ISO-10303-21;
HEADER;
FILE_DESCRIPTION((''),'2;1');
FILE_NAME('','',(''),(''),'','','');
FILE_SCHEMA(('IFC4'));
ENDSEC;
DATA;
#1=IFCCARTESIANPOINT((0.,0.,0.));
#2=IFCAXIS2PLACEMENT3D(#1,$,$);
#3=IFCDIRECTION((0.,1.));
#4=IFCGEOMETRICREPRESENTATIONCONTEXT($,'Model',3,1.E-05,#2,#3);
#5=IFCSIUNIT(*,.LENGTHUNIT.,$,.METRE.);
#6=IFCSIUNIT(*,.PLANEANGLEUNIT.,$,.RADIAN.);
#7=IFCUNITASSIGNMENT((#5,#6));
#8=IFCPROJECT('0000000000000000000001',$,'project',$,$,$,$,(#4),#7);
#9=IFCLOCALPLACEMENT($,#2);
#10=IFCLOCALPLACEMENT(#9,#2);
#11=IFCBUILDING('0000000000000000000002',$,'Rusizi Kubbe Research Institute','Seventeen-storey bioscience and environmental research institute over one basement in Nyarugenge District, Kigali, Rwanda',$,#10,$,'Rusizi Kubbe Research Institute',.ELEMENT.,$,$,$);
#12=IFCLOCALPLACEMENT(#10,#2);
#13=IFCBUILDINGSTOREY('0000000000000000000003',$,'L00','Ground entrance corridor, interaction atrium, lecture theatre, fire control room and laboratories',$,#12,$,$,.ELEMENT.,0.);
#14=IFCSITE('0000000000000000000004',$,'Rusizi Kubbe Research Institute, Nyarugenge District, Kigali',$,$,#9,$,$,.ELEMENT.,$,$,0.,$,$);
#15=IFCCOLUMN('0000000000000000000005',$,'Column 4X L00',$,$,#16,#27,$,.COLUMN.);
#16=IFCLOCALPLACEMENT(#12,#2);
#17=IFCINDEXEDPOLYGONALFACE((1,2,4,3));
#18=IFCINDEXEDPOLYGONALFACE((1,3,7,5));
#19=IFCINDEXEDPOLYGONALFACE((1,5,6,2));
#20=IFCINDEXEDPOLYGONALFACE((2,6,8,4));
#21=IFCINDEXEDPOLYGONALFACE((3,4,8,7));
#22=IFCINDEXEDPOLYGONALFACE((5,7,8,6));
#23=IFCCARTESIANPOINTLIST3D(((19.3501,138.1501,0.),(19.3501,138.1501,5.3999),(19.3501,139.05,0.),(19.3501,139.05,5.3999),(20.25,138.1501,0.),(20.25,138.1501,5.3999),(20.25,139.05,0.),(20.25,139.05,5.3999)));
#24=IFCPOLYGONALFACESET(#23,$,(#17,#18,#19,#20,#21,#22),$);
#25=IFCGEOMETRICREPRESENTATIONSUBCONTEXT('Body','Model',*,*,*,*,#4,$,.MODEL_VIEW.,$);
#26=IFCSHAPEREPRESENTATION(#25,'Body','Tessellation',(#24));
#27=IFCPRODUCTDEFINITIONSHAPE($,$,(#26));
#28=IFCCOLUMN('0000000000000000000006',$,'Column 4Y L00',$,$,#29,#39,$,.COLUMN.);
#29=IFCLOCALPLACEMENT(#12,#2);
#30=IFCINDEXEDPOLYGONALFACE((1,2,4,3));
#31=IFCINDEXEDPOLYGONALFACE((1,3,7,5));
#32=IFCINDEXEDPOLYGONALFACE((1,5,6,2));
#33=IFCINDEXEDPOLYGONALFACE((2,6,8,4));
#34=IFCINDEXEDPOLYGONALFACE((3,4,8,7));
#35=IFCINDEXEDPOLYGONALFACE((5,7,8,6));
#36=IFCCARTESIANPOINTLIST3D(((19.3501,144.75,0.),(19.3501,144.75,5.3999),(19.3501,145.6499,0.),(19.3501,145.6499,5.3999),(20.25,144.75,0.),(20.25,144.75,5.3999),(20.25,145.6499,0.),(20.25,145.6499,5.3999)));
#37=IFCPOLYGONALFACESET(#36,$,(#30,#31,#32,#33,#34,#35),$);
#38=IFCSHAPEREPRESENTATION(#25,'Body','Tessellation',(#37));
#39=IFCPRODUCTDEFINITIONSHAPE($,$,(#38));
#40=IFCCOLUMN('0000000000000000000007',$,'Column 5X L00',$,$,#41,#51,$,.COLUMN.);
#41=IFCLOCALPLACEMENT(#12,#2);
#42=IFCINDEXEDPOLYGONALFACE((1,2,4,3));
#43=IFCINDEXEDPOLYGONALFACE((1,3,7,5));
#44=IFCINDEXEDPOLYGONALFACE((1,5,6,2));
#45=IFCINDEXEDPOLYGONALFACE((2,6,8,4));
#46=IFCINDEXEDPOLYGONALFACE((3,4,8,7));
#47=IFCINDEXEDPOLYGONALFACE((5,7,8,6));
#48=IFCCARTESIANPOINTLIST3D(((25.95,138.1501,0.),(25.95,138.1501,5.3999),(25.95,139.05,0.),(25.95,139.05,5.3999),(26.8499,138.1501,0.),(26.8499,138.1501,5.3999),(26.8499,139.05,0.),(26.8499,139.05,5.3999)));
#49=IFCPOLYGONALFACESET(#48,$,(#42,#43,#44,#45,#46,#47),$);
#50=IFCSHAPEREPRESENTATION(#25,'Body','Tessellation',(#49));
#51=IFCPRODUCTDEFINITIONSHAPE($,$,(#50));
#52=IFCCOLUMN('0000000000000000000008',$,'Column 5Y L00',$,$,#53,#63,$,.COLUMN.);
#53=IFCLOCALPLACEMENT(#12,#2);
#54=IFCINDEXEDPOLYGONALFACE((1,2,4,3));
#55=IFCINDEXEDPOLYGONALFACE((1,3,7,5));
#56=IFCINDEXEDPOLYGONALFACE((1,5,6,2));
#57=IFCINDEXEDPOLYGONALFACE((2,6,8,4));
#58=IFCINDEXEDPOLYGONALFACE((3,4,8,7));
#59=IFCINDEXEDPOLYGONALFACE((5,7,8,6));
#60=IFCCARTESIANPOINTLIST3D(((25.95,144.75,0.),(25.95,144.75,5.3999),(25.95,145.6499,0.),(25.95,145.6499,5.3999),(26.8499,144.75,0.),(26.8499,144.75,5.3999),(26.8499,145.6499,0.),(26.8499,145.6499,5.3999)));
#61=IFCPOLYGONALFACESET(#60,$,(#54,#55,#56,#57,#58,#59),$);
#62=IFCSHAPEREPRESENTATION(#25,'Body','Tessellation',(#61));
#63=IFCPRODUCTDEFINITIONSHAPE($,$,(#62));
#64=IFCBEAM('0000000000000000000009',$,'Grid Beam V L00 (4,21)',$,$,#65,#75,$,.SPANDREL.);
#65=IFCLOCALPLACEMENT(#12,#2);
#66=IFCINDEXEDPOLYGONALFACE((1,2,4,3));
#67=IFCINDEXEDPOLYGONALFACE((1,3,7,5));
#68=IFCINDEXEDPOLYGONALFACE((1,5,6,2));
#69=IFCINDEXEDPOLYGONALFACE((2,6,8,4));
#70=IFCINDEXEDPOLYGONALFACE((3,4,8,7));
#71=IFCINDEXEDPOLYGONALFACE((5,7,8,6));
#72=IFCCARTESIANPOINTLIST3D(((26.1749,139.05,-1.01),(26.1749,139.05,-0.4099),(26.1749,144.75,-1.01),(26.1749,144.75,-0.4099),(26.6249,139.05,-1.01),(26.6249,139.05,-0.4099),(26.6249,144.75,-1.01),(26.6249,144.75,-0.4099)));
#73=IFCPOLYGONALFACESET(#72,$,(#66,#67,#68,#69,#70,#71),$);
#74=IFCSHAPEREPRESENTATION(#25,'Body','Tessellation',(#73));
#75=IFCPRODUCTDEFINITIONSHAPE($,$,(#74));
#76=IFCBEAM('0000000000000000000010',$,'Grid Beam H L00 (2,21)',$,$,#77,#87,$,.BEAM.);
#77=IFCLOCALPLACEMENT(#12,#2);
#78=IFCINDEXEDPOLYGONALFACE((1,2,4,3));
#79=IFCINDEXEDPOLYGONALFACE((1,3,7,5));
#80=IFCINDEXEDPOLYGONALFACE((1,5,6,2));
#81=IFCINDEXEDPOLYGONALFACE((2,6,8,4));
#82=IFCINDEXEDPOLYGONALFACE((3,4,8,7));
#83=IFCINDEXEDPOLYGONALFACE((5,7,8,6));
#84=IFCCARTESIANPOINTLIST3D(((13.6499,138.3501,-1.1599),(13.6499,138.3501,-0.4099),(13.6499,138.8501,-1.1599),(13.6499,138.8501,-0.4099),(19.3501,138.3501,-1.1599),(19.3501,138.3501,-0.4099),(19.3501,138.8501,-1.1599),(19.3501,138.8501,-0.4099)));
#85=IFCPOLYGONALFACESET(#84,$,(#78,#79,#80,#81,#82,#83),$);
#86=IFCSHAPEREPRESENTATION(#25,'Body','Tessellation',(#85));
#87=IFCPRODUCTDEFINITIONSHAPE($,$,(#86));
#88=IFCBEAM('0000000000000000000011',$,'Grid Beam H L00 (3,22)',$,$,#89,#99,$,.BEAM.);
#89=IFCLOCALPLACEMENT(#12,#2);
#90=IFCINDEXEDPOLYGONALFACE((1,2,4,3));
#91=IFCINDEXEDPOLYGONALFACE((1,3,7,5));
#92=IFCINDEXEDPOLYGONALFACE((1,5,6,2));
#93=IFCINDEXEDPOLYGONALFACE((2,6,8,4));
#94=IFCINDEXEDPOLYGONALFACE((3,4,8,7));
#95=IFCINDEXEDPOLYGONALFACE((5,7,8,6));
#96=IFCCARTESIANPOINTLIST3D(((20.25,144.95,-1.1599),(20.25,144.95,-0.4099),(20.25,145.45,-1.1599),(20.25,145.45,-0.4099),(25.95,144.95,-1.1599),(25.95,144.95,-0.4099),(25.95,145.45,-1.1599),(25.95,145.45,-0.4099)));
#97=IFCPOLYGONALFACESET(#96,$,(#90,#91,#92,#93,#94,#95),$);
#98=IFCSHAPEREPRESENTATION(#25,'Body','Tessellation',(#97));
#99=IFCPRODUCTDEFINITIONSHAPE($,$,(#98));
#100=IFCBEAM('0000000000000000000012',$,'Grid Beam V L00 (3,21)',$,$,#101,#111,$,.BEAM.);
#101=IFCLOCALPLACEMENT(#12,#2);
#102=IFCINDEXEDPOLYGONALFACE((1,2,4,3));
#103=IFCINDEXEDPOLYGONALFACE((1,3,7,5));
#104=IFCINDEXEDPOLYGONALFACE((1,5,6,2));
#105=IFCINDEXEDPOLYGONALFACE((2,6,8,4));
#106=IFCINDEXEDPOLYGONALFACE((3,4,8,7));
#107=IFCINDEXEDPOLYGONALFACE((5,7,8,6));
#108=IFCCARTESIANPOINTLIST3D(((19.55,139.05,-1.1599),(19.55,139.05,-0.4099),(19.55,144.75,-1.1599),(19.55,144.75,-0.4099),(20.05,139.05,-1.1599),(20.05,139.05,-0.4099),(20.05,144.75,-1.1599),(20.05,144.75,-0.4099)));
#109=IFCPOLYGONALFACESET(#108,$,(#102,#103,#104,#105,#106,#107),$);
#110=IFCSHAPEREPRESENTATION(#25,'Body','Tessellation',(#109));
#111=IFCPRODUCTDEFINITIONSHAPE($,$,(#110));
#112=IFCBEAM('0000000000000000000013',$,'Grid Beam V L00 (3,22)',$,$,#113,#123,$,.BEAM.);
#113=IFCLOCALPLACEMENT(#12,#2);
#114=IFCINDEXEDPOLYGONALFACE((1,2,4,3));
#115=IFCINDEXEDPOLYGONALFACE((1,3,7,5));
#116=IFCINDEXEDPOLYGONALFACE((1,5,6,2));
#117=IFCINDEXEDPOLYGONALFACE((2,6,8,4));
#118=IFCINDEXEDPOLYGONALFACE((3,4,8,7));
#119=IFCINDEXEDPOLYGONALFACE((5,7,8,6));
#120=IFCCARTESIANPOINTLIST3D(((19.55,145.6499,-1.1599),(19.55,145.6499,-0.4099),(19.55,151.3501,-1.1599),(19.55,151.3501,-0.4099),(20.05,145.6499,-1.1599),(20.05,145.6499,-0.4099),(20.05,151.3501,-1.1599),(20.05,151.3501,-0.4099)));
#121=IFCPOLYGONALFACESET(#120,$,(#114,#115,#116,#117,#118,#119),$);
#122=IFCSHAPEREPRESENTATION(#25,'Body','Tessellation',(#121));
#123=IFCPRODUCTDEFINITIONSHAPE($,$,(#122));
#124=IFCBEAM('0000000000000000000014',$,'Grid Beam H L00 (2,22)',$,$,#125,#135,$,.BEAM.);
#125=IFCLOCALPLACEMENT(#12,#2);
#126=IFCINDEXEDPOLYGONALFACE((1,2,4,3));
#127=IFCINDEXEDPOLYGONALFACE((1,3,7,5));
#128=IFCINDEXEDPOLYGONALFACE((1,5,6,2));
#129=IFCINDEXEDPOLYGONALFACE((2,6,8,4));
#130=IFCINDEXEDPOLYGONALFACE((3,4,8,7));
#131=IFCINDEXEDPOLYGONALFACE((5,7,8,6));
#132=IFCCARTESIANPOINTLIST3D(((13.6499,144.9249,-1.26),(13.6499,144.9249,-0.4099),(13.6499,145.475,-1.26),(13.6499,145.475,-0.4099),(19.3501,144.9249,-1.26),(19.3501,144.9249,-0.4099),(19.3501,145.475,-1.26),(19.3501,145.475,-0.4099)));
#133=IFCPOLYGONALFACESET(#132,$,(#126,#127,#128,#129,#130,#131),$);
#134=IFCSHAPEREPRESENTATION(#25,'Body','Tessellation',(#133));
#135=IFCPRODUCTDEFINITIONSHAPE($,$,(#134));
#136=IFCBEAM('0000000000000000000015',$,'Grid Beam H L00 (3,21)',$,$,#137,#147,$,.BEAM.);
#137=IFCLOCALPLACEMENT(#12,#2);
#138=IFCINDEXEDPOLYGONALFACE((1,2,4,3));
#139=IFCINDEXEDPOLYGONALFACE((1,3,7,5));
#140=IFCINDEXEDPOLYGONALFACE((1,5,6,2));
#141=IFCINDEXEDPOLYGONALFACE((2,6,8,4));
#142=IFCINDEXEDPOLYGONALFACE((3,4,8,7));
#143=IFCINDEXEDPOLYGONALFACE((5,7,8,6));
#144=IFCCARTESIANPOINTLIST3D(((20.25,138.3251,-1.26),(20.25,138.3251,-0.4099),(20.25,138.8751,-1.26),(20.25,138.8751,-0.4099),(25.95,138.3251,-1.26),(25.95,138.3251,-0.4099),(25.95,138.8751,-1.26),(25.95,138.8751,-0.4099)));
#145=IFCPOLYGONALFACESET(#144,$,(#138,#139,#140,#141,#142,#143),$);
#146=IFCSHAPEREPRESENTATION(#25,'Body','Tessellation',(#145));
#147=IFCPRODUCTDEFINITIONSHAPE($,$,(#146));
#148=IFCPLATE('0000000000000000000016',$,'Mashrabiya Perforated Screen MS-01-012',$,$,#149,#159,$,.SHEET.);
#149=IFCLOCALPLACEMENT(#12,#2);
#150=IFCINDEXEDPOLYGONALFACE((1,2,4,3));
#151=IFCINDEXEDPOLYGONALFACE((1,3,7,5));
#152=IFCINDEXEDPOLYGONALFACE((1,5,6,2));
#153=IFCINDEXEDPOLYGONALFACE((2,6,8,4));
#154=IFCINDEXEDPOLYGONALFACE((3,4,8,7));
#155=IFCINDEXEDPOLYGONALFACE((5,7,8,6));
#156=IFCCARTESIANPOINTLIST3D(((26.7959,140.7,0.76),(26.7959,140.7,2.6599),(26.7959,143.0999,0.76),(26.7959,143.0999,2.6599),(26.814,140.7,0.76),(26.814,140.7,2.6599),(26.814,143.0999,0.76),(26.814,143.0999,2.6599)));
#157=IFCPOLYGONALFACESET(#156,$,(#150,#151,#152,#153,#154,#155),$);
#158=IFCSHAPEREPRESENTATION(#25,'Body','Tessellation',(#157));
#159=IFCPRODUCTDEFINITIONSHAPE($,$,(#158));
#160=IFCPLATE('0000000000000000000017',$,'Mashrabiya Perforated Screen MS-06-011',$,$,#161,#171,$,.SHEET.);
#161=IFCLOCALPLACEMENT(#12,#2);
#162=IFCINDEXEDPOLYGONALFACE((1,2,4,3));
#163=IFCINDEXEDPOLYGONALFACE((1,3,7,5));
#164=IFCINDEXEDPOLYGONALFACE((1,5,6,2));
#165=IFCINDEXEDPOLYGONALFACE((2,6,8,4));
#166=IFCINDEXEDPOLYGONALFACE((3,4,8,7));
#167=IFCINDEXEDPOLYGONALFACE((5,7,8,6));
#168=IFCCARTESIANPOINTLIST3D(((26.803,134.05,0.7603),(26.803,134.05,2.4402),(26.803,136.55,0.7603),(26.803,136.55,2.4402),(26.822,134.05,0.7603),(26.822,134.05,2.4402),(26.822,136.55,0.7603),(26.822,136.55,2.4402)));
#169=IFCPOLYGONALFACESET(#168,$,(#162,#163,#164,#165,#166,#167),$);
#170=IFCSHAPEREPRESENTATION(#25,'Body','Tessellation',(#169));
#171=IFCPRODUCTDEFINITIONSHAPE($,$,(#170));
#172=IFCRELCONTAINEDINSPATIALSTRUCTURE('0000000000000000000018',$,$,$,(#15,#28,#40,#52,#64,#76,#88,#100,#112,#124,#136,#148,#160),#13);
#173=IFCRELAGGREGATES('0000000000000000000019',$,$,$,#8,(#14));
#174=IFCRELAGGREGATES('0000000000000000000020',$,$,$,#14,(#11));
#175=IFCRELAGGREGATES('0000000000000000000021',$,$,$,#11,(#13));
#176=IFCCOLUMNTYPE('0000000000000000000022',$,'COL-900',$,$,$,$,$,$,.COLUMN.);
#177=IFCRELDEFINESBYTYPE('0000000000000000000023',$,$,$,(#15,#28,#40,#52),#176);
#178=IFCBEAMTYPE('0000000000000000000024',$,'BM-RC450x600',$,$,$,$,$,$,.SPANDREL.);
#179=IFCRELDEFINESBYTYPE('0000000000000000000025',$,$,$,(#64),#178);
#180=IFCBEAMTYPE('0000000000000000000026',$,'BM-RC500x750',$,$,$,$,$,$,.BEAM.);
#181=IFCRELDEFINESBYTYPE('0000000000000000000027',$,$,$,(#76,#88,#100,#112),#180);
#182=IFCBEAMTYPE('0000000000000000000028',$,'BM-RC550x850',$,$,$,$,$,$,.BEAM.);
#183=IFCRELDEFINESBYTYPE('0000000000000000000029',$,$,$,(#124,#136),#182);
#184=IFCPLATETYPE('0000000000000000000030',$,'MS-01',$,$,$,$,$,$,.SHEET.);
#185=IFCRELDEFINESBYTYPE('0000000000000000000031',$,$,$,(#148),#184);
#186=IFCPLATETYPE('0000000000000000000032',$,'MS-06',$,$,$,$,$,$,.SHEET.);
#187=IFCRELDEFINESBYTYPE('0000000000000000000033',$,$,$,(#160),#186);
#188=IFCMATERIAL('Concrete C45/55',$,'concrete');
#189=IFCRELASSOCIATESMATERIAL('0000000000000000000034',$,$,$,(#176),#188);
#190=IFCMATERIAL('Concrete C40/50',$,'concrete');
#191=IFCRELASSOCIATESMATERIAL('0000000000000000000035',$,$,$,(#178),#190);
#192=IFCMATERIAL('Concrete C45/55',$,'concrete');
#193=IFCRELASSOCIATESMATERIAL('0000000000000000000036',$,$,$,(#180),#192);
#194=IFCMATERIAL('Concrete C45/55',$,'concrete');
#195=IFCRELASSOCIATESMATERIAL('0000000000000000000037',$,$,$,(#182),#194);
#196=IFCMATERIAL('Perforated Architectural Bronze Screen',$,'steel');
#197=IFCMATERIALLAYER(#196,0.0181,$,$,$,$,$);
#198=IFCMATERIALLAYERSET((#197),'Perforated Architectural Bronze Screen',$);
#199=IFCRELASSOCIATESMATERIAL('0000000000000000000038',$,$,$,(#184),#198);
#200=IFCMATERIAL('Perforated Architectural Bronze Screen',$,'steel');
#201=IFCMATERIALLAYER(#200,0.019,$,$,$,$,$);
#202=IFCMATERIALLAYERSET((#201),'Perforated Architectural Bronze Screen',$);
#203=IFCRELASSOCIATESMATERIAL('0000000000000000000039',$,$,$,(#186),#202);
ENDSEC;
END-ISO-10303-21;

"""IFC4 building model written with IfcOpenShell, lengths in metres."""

from ifc_helpers import new_model, si_unit, direction, frame, origin, origin_2d, place, context, subcontext, project, spatial, rectangle, extrude, material, layer, layer_set, material_profile, profile_set, type_object, element, save


model = new_model("IFC4")

# Units and contexts
model_context = context("Model", 3, precision=1e-05, world=origin(), true_north=direction((0.0, 1.0)))
body_context = subcontext(model_context, "Body", "Model", "MODEL_VIEW")
ifc_project = project(units=[si_unit("LENGTHUNIT", "METRE"), si_unit("PLANEANGLEUNIT", "RADIAN")], contexts=[model_context])

# Site, building, storey
site_placement = place(None, origin())
site = spatial("IfcSite", under=ifc_project, at=site_placement, Name="Rusizi Kubbe Research Institute, Nyarugenge District, Kigali", CompositionType="ELEMENT", RefElevation=0.0)
building_placement = place(site_placement, origin())
building = spatial("IfcBuilding", under=site, at=building_placement, Name="Rusizi Kubbe Research Institute", Description="Seventeen-storey bioscience and environmental research institute over one basement in Nyarugenge District, Kigali, Rwanda", LongName="Rusizi Kubbe Research Institute", CompositionType="ELEMENT")
storey_placement = place(building_placement, origin())
storey = spatial("IfcBuildingStorey", under=building, at=storey_placement, Name="L00", Description="Ground entrance corridor, interaction atrium, lecture theatre, fire control room and laboratories", CompositionType="ELEMENT", Elevation=0.0)

# Columns
ifc_material_1 = material(Name="Concrete C45/55", Category="concrete")
ifc_material_profile_1 = material_profile(ifc_material_1, rectangle(XDim=0.8999, YDim=0.8999, at=origin_2d()), Name="RC900x900")
ifc_profile_set_1 = profile_set([ifc_material_profile_1], Name="Concrete C45/55")
column_type = type_object("IfcColumnType", Name="COL-900", PredefinedType="COLUMN", material=ifc_profile_set_1)
for number, where, z_axis, x_axis, name in (
    (1, (19.8, 138.6001, 0.0), (0.0, 0.0, 1.0), (1.0, 0.0, 0.0), "Column 4X L00"),
    (2, (19.8, 145.2, 0.0), (0.0, 0.0, 1.0), (1.0, 0.0, 0.0), "Column 4Y L00"),
    (3, (26.3999, 138.6001, 0.0), (0.0, 0.0, 1.0), (1.0, 0.0, 0.0), "Column 5X L00"),
    (4, (26.3999, 145.2, 0.0), (0.0, 0.0, 1.0), (1.0, 0.0, 0.0), "Column 5Y L00"),
):
    element("IfcColumn", number, at=place(storey_placement, frame(where, z_axis=z_axis, x_axis=x_axis)), inside=storey, type_object=column_type, Name=name, PredefinedType="COLUMN", context=body_context, shape_type="SweptSolid", body=[
        extrude(rectangle(XDim=0.8999, YDim=0.8999, at=origin_2d()), origin(), (0.0, 0.0, 1.0), 5.3999),
    ])

# Beams
ifc_material_2 = material(Name="Concrete C40/50", Category="concrete")
ifc_material_profile_2 = material_profile(ifc_material_2, rectangle(XDim=0.45, YDim=0.6001, at=origin_2d()), Name="RC450x600")
ifc_profile_set_2 = profile_set([ifc_material_profile_2], Name="Concrete C40/50")
beam_type_1 = type_object("IfcBeamType", Name="BM-RC450x600", PredefinedType="SPANDREL", material=ifc_profile_set_2)
beam_1_placement = place(storey_placement, frame((26.3999, 139.05, -0.71), z_axis=(0.0, 1.0, 0.0), x_axis=(-1.0, 0.0, 0.0)))
element("IfcBeam", 5, at=beam_1_placement, inside=storey, type_object=beam_type_1, Name="Grid Beam V L00 (4,21)", PredefinedType="SPANDREL", context=body_context, shape_type="SweptSolid", body=[
    extrude(rectangle(XDim=0.45, YDim=0.6001, at=origin_2d()), origin(), (0.0, 0.0, 1.0), 5.7),
])
ifc_material_3 = material(Name="Concrete C45/55", Category="concrete")
ifc_material_profile_3 = material_profile(ifc_material_3, rectangle(XDim=0.5, YDim=0.75, at=origin_2d()), Name="RC500x750B")
ifc_profile_set_3 = profile_set([ifc_material_profile_3], Name="Concrete C45/55")
beam_type_2 = type_object("IfcBeamType", Name="BM-RC500x750", PredefinedType="BEAM", material=ifc_profile_set_3)
beam_2_placement = place(storey_placement, frame((13.6499, 138.6001, -0.7849), z_axis=(1.0, 0.0, 0.0), x_axis=(0.0, 1.0, 0.0)))
element("IfcBeam", 6, at=beam_2_placement, inside=storey, type_object=beam_type_2, Name="Grid Beam H L00 (2,21)", PredefinedType="BEAM", context=body_context, shape_type="SweptSolid", body=[
    extrude(rectangle(XDim=0.5, YDim=0.75, at=origin_2d()), origin(), (0.0, 0.0, 1.0), 5.7002),
])
for number, where, z_axis, x_axis, name in (
    (7, (20.25, 145.2, -0.7849), (1.0, 0.0, 0.0), (0.0, 1.0, 0.0), "Grid Beam H L00 (3,22)"),
    (8, (19.8, 139.05, -0.7849), (0.0, 1.0, 0.0), (-1.0, 0.0, 0.0), "Grid Beam V L00 (3,21)"),
):
    element("IfcBeam", number, at=place(storey_placement, frame(where, z_axis=z_axis, x_axis=x_axis)), inside=storey, type_object=beam_type_2, Name=name, PredefinedType="BEAM", context=body_context, shape_type="SweptSolid", body=[
        extrude(rectangle(XDim=0.5, YDim=0.75, at=origin_2d()), origin(), (0.0, 0.0, 1.0), 5.7),
    ])
beam_3_placement = place(storey_placement, frame((19.8, 145.6499, -0.7849), z_axis=(0.0, 1.0, 0.0), x_axis=(-1.0, 0.0, 0.0)))
element("IfcBeam", 9, at=beam_3_placement, inside=storey, type_object=beam_type_2, Name="Grid Beam V L00 (3,22)", PredefinedType="BEAM", context=body_context, shape_type="SweptSolid", body=[
    extrude(rectangle(XDim=0.5, YDim=0.75, at=origin_2d()), origin(), (0.0, 0.0, 1.0), 5.7002),
])
ifc_material_4 = material(Name="Concrete C45/55", Category="concrete")
ifc_material_profile_4 = material_profile(ifc_material_4, rectangle(XDim=0.55, YDim=0.8501, at=origin_2d()), Name="RC550x850")
ifc_profile_set_4 = profile_set([ifc_material_profile_4], Name="Concrete C45/55")
beam_type_3 = type_object("IfcBeamType", Name="BM-RC550x850", PredefinedType="BEAM", material=ifc_profile_set_4)
beam_4_placement = place(storey_placement, frame((13.6499, 145.2, -0.835), z_axis=(1.0, 0.0, 0.0), x_axis=(0.0, 1.0, 0.0)))
element("IfcBeam", 10, at=beam_4_placement, inside=storey, type_object=beam_type_3, Name="Grid Beam H L00 (2,22)", PredefinedType="BEAM", context=body_context, shape_type="SweptSolid", body=[
    extrude(rectangle(XDim=0.55, YDim=0.8501, at=origin_2d()), origin(), (0.0, 0.0, 1.0), 5.7002),
])
beam_5_placement = place(storey_placement, frame((20.25, 138.6001, -0.835), z_axis=(1.0, 0.0, 0.0), x_axis=(0.0, 1.0, 0.0)))
element("IfcBeam", 11, at=beam_5_placement, inside=storey, type_object=beam_type_3, Name="Grid Beam H L00 (3,21)", PredefinedType="BEAM", context=body_context, shape_type="SweptSolid", body=[
    extrude(rectangle(XDim=0.55, YDim=0.8501, at=origin_2d()), origin(), (0.0, 0.0, 1.0), 5.7),
])

# Plates
ifc_material_5 = material(Name="Perforated Architectural Bronze Screen", Category="steel")
ifc_layer_1 = layer(ifc_material_5, 0.0181)
ifc_layer_set_1 = layer_set([ifc_layer_1], Name="Perforated Architectural Bronze Screen")
plate_type_1 = type_object("IfcPlateType", Name="MS-01", PredefinedType="SHEET", material=ifc_layer_set_1)
plate_1_placement = place(storey_placement, frame((26.8049, 141.8999, 0.76), z_axis=(0.0, 0.0, 1.0), x_axis=(0.0, 1.0, 0.0)))
element("IfcPlate", 12, at=plate_1_placement, inside=storey, type_object=plate_type_1, Name="Mashrabiya Perforated Screen MS-01-012", PredefinedType="SHEET", context=body_context, shape_type="SweptSolid", body=[
    extrude(rectangle(XDim=2.3999, YDim=0.0181, at=origin_2d()), origin(), (0.0, 0.0, 1.0), 1.8999),
])
ifc_material_6 = material(Name="Perforated Architectural Bronze Screen", Category="steel")
ifc_layer_2 = layer(ifc_material_6, 0.019)
ifc_layer_set_2 = layer_set([ifc_layer_2], Name="Perforated Architectural Bronze Screen")
plate_type_2 = type_object("IfcPlateType", Name="MS-06", PredefinedType="SHEET", material=ifc_layer_set_2)
plate_2_placement = place(storey_placement, frame((26.8125, 135.3, 0.7603), z_axis=(0.0, 0.0, 1.0), x_axis=(0.0, 1.0, 0.0)))
element("IfcPlate", 13, at=plate_2_placement, inside=storey, type_object=plate_type_2, Name="Mashrabiya Perforated Screen MS-06-011", PredefinedType="SHEET", context=body_context, shape_type="SweptSolid", body=[
    extrude(rectangle(XDim=2.5, YDim=0.019, at=origin_2d()), origin(), (0.0, 0.0, 1.0), 1.6799),
])

save(model, "model.ifc")
